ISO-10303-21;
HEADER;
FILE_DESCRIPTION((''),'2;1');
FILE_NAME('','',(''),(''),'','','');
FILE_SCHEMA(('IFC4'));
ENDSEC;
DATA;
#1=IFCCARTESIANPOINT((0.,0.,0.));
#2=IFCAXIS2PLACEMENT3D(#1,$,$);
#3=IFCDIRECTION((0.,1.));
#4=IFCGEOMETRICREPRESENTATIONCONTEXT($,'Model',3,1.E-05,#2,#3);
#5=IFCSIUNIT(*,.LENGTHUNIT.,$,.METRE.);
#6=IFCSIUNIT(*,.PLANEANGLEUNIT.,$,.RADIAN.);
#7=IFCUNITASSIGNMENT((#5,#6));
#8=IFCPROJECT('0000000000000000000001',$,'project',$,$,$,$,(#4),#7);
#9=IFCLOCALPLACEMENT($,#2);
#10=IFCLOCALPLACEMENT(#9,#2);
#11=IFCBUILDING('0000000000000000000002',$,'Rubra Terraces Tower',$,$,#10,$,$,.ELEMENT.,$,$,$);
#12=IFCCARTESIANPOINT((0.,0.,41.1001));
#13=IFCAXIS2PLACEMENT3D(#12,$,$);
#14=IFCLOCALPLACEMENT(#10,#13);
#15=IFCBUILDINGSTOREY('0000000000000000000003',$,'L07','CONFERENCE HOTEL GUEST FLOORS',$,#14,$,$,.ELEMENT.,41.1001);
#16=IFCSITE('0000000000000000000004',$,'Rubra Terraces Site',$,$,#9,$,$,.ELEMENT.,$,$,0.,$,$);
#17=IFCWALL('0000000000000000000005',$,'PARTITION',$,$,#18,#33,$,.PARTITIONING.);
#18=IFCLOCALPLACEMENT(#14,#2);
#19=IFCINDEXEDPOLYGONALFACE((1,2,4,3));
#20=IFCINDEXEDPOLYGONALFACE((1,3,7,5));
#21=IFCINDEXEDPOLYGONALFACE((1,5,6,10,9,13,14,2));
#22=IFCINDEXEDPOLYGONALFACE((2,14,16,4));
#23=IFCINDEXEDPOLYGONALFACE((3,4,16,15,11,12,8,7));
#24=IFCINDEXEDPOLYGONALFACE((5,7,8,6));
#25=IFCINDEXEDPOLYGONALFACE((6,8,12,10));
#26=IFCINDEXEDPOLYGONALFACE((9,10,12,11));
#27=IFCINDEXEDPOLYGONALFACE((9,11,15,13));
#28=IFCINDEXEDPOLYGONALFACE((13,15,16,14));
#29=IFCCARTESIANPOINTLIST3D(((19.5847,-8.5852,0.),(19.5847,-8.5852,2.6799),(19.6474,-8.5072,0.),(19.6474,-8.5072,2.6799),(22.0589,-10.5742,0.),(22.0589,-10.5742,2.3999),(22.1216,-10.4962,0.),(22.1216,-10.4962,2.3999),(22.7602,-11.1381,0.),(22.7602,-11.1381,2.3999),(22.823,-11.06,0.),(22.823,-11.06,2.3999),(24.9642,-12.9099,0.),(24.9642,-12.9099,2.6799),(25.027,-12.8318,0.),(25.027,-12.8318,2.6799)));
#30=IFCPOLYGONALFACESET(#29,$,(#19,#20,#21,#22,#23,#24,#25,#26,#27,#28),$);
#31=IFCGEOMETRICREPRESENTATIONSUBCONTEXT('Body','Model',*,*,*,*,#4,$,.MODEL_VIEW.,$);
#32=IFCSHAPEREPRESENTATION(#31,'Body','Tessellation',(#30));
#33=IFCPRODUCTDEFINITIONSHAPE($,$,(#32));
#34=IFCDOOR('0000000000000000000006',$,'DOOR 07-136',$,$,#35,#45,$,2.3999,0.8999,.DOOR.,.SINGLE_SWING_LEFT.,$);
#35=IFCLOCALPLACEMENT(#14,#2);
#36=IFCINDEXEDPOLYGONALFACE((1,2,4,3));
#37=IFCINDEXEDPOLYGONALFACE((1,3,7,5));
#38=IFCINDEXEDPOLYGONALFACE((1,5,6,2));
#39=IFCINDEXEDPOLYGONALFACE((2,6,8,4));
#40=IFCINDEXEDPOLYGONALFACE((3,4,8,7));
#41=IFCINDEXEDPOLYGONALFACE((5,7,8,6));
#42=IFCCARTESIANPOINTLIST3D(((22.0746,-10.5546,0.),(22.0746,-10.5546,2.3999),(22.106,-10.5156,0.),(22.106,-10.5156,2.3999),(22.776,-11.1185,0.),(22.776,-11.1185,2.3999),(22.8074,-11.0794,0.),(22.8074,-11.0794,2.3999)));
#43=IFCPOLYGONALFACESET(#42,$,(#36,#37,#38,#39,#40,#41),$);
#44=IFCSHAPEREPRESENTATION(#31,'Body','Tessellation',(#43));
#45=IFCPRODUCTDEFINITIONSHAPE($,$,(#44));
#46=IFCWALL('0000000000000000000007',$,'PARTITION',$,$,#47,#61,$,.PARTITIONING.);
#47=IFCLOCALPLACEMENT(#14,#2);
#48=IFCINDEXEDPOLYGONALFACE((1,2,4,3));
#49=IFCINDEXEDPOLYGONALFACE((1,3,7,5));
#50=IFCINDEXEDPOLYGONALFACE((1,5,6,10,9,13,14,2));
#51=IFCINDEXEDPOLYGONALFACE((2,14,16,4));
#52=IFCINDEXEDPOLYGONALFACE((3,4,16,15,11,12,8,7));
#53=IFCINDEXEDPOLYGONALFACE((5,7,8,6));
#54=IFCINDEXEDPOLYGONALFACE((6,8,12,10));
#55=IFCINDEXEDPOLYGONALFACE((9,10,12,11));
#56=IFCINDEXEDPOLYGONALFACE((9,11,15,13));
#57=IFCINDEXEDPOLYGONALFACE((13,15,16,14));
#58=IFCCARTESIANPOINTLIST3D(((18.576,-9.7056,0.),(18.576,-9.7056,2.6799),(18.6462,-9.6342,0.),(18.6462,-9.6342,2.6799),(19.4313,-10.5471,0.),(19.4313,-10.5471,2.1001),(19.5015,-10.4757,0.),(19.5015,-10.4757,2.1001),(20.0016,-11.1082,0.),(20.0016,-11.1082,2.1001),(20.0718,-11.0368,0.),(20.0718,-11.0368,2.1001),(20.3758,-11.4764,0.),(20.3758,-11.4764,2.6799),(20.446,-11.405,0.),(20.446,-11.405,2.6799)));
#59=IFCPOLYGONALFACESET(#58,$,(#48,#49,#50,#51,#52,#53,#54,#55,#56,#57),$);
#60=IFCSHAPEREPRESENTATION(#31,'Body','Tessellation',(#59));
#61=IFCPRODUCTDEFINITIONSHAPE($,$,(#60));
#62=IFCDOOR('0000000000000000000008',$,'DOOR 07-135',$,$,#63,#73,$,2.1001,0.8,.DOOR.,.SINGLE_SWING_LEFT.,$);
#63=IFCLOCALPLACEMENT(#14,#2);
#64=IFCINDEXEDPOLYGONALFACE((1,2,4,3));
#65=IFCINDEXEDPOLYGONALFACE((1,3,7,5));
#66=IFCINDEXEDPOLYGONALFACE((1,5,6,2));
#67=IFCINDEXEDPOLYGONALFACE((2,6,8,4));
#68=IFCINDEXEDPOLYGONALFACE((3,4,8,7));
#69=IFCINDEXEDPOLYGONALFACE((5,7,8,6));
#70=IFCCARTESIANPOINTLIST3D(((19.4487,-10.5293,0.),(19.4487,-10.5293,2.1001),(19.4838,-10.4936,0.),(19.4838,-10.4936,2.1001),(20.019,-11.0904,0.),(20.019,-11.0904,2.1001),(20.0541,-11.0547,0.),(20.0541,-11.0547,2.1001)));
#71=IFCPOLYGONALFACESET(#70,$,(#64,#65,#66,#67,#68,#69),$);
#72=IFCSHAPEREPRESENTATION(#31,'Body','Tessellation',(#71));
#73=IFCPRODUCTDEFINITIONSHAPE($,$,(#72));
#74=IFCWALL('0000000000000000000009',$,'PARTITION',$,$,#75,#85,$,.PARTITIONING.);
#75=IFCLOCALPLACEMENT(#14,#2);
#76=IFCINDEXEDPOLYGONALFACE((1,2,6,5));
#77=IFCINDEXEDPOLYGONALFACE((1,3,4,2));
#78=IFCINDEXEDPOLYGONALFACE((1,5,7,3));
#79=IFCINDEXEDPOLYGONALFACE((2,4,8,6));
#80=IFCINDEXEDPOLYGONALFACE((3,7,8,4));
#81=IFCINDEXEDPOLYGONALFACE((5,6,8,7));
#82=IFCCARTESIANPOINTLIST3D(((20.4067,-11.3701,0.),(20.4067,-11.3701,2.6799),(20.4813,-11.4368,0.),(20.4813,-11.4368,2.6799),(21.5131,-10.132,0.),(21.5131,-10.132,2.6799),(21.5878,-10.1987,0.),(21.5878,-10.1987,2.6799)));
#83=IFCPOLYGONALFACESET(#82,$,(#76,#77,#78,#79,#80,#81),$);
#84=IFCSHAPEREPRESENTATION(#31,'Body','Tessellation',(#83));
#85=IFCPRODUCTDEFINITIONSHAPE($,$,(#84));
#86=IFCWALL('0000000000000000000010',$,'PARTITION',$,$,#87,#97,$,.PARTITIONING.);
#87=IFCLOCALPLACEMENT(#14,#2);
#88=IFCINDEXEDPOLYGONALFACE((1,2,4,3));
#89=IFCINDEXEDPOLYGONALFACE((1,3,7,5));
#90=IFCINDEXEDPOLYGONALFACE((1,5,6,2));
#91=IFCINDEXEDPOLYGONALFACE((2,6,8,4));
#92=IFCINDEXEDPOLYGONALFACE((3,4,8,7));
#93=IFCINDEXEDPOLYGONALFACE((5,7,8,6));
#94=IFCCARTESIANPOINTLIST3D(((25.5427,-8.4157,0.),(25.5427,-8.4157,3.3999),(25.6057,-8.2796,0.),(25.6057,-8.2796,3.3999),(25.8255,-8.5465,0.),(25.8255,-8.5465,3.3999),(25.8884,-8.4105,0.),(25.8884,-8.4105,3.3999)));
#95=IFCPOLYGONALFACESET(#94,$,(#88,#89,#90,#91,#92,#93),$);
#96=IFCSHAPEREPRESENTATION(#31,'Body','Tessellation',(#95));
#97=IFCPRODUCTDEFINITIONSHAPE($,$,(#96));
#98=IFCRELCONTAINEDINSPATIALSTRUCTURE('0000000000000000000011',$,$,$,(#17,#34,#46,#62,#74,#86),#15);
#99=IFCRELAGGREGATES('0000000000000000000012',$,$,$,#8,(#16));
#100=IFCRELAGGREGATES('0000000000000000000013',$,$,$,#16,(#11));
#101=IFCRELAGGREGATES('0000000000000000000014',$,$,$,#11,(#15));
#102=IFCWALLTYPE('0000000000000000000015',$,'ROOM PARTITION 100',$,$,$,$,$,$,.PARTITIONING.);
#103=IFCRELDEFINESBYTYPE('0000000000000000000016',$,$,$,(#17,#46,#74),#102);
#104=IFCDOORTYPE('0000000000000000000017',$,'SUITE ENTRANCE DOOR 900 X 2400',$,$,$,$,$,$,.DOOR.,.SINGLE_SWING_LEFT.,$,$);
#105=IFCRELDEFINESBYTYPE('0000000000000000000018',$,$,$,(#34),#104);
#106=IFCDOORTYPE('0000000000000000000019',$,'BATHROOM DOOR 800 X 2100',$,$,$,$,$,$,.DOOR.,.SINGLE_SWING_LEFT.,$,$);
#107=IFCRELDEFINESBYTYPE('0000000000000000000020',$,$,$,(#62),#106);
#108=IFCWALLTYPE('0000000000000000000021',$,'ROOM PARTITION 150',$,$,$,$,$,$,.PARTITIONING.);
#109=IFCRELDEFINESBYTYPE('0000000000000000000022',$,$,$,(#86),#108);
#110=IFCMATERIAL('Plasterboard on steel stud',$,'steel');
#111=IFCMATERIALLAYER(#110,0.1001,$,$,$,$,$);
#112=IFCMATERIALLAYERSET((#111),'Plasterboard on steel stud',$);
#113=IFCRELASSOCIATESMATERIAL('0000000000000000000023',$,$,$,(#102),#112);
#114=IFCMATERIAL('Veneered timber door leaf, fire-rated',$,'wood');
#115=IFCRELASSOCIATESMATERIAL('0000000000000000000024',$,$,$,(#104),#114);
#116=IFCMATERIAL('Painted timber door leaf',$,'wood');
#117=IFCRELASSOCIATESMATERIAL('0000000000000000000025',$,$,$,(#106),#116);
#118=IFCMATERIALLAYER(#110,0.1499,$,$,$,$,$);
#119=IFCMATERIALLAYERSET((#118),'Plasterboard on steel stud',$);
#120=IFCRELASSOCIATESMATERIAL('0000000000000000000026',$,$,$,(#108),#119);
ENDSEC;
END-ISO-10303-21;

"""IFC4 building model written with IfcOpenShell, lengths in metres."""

from ifc_helpers import new_model, si_unit, direction, frame, frame_2d, origin, place, context, subcontext, project, spatial, rectangle, extrude, material, layer, layer_set, type_object, element, fill, save


model = new_model("IFC4")

# Units and contexts
model_context = context("Model", 3, precision=1e-05, world=origin(), true_north=direction((0.0, 1.0)))
body_context = subcontext(model_context, "Body", "Model", "MODEL_VIEW")
ifc_project = project(units=[si_unit("LENGTHUNIT", "METRE"), si_unit("PLANEANGLEUNIT", "RADIAN")], contexts=[model_context])

# Site, building, storey
site_placement = place(None, origin())
site = spatial("IfcSite", under=ifc_project, at=site_placement, Name="Rubra Terraces Site", CompositionType="ELEMENT", RefElevation=0.0)
building_placement = place(site_placement, origin())
building = spatial("IfcBuilding", under=site, at=building_placement, Name="Rubra Terraces Tower", CompositionType="ELEMENT")
storey_placement = place(building_placement, frame((0.0, 0.0, 41.1001)))
storey = spatial("IfcBuildingStorey", under=building, at=storey_placement, Name="L07", Description="CONFERENCE HOTEL GUEST FLOORS", CompositionType="ELEMENT", Elevation=41.1001)

# Walls, openings, doors
ifc_material_1 = material(Name="Plasterboard on steel stud", Category="steel")
ifc_layer_1 = layer(ifc_material_1, 0.1001)
ifc_layer_set_1 = layer_set([ifc_layer_1], Name="Plasterboard on steel stud")
wall_type_1 = type_object("IfcWallType", Name="ROOM PARTITION 100", PredefinedType="PARTITIONING", material=ifc_layer_set_1)
wall_1_placement = place(storey_placement, frame((24.9956, -12.8708, 0.0), z_axis=(0.0, 0.0, 1.0), x_axis=(-0.779383, 0.626548, 0.0)))
wall_1 = element("IfcWall", 1, at=wall_1_placement, inside=storey, type_object=wall_type_1, Name="PARTITION", PredefinedType="PARTITIONING", context=body_context, shape_type="SweptSolid", body=[
    extrude(rectangle(XDim=6.9023, YDim=0.1001, at=frame_2d((3.4512, 0.0))), origin(), (0.0, 0.0, 1.0), 2.6799),
])
opening_1_placement = place(wall_1_placement, frame((2.8279, 0.0, 0.0)))
opening_1 = element("IfcOpeningElement", 2, at=opening_1_placement, cuts=wall_1, PredefinedType="OPENING", context=body_context, shape_type="SweptSolid", body=[
    extrude(rectangle(XDim=0.8999, YDim=2.3999, at=frame_2d((0.45, 1.2))), frame((0.0, 0.0601, 0.0), z_axis=(0.0, -1.0, 0.0), x_axis=(1.0, 0.0, 0.0)), (0.0, 0.0, 1.0), 0.1201),
])
ifc_material_2 = material(Name="Veneered timber door leaf, fire-rated", Category="wood")
door_type_1 = type_object("IfcDoorType", Name="SUITE ENTRANCE DOOR 900 X 2400", OperationType="SINGLE_SWING_LEFT", PredefinedType="DOOR", material=ifc_material_2)
door_1_placement = place(opening_1_placement, origin())
door_1 = element("IfcDoor", 3, at=door_1_placement, inside=storey, type_object=door_type_1, Name="DOOR 07-136", OperationType="SINGLE_SWING_LEFT", OverallHeight=2.3999, OverallWidth=0.8999, PredefinedType="DOOR", context=body_context, shape_type="SweptSolid", body=[
    extrude(rectangle(XDim=0.8999, YDim=2.3999, at=frame_2d((0.45, 1.2))), frame((0.0, 0.0249, 0.0), z_axis=(0.0, -1.0, 0.0), x_axis=(1.0, 0.0, 0.0)), (0.0, 0.0, 1.0), 0.05),
])
fill(opening_1, door_1)
wall_2_placement = place(storey_placement, frame((18.6111, -9.6699, 0.0), z_axis=(0.0, 0.0, 1.0), x_axis=(0.712837, -0.70133, 0.0)))
wall_2 = element("IfcWall", 4, at=wall_2_placement, inside=storey, type_object=wall_type_1, Name="PARTITION", PredefinedType="PARTITIONING", context=body_context, shape_type="SweptSolid", body=[
    extrude(rectangle(XDim=2.5249, YDim=0.1001, at=frame_2d((1.2625, 0.0))), origin(), (0.0, 0.0, 1.0), 2.6799),
])
opening_2_placement = place(wall_2_placement, frame((1.2, 0.0, 0.0)))
opening_2 = element("IfcOpeningElement", 5, at=opening_2_placement, cuts=wall_2, PredefinedType="OPENING", context=body_context, shape_type="SweptSolid", body=[
    extrude(rectangle(XDim=0.8, YDim=2.1001, at=frame_2d((0.3999, 1.05))), frame((0.0, 0.0601, 0.0), z_axis=(0.0, -1.0, 0.0), x_axis=(1.0, 0.0, 0.0)), (0.0, 0.0, 1.0), 0.1201),
])
ifc_material_3 = material(Name="Painted timber door leaf", Category="wood")
door_type_2 = type_object("IfcDoorType", Name="BATHROOM DOOR 800 X 2100", OperationType="SINGLE_SWING_LEFT", PredefinedType="DOOR", material=ifc_material_3)
door_2_placement = place(opening_2_placement, origin())
door_2 = element("IfcDoor", 6, at=door_2_placement, inside=storey, type_object=door_type_2, Name="DOOR 07-135", OperationType="SINGLE_SWING_LEFT", OverallHeight=2.1001, OverallWidth=0.8, PredefinedType="DOOR", context=body_context, shape_type="SweptSolid", body=[
    extrude(rectangle(XDim=0.8, YDim=2.1001, at=frame_2d((0.3999, 1.05))), frame((0.0, 0.0249, 0.0), z_axis=(0.0, -1.0, 0.0), x_axis=(1.0, 0.0, 0.0)), (0.0, 0.0, 1.0), 0.05),
])
fill(opening_2, door_2)

# Walls
wall_3_placement = place(storey_placement, frame((20.4441, -11.4033, 0.0), z_axis=(0.0, 0.0, 1.0), x_axis=(0.666369, 0.745622, 0.0)))
element("IfcWall", 7, at=wall_3_placement, inside=storey, type_object=wall_type_1, Name="PARTITION", PredefinedType="PARTITIONING", context=body_context, shape_type="SweptSolid", body=[
    extrude(rectangle(XDim=1.6604, YDim=0.1001, at=frame_2d((0.8301, 0.0))), origin(), (0.0, 0.0, 1.0), 2.6799),
])
ifc_layer_2 = layer(ifc_material_1, 0.1499)
ifc_layer_set_2 = layer_set([ifc_layer_2], Name="Plasterboard on steel stud")
wall_type_2 = type_object("IfcWallType", Name="ROOM PARTITION 150", PredefinedType="PARTITIONING", material=ifc_layer_set_2)
wall_4_placement = place(storey_placement, frame((25.8569, -8.4785, 0.0), z_axis=(0.0, 0.0, 1.0), x_axis=(-0.9075, 0.420052, 0.0)))
element("IfcWall", 8, at=wall_4_placement, inside=storey, type_object=wall_type_2, Name="PARTITION", PredefinedType="PARTITIONING", context=body_context, shape_type="SweptSolid", body=[
    extrude(rectangle(XDim=0.3115, YDim=0.1499, at=frame_2d((0.1558, 0.0))), origin(), (0.0, 0.0, 1.0), 3.3999),
])

save(model, "model.ifc")
